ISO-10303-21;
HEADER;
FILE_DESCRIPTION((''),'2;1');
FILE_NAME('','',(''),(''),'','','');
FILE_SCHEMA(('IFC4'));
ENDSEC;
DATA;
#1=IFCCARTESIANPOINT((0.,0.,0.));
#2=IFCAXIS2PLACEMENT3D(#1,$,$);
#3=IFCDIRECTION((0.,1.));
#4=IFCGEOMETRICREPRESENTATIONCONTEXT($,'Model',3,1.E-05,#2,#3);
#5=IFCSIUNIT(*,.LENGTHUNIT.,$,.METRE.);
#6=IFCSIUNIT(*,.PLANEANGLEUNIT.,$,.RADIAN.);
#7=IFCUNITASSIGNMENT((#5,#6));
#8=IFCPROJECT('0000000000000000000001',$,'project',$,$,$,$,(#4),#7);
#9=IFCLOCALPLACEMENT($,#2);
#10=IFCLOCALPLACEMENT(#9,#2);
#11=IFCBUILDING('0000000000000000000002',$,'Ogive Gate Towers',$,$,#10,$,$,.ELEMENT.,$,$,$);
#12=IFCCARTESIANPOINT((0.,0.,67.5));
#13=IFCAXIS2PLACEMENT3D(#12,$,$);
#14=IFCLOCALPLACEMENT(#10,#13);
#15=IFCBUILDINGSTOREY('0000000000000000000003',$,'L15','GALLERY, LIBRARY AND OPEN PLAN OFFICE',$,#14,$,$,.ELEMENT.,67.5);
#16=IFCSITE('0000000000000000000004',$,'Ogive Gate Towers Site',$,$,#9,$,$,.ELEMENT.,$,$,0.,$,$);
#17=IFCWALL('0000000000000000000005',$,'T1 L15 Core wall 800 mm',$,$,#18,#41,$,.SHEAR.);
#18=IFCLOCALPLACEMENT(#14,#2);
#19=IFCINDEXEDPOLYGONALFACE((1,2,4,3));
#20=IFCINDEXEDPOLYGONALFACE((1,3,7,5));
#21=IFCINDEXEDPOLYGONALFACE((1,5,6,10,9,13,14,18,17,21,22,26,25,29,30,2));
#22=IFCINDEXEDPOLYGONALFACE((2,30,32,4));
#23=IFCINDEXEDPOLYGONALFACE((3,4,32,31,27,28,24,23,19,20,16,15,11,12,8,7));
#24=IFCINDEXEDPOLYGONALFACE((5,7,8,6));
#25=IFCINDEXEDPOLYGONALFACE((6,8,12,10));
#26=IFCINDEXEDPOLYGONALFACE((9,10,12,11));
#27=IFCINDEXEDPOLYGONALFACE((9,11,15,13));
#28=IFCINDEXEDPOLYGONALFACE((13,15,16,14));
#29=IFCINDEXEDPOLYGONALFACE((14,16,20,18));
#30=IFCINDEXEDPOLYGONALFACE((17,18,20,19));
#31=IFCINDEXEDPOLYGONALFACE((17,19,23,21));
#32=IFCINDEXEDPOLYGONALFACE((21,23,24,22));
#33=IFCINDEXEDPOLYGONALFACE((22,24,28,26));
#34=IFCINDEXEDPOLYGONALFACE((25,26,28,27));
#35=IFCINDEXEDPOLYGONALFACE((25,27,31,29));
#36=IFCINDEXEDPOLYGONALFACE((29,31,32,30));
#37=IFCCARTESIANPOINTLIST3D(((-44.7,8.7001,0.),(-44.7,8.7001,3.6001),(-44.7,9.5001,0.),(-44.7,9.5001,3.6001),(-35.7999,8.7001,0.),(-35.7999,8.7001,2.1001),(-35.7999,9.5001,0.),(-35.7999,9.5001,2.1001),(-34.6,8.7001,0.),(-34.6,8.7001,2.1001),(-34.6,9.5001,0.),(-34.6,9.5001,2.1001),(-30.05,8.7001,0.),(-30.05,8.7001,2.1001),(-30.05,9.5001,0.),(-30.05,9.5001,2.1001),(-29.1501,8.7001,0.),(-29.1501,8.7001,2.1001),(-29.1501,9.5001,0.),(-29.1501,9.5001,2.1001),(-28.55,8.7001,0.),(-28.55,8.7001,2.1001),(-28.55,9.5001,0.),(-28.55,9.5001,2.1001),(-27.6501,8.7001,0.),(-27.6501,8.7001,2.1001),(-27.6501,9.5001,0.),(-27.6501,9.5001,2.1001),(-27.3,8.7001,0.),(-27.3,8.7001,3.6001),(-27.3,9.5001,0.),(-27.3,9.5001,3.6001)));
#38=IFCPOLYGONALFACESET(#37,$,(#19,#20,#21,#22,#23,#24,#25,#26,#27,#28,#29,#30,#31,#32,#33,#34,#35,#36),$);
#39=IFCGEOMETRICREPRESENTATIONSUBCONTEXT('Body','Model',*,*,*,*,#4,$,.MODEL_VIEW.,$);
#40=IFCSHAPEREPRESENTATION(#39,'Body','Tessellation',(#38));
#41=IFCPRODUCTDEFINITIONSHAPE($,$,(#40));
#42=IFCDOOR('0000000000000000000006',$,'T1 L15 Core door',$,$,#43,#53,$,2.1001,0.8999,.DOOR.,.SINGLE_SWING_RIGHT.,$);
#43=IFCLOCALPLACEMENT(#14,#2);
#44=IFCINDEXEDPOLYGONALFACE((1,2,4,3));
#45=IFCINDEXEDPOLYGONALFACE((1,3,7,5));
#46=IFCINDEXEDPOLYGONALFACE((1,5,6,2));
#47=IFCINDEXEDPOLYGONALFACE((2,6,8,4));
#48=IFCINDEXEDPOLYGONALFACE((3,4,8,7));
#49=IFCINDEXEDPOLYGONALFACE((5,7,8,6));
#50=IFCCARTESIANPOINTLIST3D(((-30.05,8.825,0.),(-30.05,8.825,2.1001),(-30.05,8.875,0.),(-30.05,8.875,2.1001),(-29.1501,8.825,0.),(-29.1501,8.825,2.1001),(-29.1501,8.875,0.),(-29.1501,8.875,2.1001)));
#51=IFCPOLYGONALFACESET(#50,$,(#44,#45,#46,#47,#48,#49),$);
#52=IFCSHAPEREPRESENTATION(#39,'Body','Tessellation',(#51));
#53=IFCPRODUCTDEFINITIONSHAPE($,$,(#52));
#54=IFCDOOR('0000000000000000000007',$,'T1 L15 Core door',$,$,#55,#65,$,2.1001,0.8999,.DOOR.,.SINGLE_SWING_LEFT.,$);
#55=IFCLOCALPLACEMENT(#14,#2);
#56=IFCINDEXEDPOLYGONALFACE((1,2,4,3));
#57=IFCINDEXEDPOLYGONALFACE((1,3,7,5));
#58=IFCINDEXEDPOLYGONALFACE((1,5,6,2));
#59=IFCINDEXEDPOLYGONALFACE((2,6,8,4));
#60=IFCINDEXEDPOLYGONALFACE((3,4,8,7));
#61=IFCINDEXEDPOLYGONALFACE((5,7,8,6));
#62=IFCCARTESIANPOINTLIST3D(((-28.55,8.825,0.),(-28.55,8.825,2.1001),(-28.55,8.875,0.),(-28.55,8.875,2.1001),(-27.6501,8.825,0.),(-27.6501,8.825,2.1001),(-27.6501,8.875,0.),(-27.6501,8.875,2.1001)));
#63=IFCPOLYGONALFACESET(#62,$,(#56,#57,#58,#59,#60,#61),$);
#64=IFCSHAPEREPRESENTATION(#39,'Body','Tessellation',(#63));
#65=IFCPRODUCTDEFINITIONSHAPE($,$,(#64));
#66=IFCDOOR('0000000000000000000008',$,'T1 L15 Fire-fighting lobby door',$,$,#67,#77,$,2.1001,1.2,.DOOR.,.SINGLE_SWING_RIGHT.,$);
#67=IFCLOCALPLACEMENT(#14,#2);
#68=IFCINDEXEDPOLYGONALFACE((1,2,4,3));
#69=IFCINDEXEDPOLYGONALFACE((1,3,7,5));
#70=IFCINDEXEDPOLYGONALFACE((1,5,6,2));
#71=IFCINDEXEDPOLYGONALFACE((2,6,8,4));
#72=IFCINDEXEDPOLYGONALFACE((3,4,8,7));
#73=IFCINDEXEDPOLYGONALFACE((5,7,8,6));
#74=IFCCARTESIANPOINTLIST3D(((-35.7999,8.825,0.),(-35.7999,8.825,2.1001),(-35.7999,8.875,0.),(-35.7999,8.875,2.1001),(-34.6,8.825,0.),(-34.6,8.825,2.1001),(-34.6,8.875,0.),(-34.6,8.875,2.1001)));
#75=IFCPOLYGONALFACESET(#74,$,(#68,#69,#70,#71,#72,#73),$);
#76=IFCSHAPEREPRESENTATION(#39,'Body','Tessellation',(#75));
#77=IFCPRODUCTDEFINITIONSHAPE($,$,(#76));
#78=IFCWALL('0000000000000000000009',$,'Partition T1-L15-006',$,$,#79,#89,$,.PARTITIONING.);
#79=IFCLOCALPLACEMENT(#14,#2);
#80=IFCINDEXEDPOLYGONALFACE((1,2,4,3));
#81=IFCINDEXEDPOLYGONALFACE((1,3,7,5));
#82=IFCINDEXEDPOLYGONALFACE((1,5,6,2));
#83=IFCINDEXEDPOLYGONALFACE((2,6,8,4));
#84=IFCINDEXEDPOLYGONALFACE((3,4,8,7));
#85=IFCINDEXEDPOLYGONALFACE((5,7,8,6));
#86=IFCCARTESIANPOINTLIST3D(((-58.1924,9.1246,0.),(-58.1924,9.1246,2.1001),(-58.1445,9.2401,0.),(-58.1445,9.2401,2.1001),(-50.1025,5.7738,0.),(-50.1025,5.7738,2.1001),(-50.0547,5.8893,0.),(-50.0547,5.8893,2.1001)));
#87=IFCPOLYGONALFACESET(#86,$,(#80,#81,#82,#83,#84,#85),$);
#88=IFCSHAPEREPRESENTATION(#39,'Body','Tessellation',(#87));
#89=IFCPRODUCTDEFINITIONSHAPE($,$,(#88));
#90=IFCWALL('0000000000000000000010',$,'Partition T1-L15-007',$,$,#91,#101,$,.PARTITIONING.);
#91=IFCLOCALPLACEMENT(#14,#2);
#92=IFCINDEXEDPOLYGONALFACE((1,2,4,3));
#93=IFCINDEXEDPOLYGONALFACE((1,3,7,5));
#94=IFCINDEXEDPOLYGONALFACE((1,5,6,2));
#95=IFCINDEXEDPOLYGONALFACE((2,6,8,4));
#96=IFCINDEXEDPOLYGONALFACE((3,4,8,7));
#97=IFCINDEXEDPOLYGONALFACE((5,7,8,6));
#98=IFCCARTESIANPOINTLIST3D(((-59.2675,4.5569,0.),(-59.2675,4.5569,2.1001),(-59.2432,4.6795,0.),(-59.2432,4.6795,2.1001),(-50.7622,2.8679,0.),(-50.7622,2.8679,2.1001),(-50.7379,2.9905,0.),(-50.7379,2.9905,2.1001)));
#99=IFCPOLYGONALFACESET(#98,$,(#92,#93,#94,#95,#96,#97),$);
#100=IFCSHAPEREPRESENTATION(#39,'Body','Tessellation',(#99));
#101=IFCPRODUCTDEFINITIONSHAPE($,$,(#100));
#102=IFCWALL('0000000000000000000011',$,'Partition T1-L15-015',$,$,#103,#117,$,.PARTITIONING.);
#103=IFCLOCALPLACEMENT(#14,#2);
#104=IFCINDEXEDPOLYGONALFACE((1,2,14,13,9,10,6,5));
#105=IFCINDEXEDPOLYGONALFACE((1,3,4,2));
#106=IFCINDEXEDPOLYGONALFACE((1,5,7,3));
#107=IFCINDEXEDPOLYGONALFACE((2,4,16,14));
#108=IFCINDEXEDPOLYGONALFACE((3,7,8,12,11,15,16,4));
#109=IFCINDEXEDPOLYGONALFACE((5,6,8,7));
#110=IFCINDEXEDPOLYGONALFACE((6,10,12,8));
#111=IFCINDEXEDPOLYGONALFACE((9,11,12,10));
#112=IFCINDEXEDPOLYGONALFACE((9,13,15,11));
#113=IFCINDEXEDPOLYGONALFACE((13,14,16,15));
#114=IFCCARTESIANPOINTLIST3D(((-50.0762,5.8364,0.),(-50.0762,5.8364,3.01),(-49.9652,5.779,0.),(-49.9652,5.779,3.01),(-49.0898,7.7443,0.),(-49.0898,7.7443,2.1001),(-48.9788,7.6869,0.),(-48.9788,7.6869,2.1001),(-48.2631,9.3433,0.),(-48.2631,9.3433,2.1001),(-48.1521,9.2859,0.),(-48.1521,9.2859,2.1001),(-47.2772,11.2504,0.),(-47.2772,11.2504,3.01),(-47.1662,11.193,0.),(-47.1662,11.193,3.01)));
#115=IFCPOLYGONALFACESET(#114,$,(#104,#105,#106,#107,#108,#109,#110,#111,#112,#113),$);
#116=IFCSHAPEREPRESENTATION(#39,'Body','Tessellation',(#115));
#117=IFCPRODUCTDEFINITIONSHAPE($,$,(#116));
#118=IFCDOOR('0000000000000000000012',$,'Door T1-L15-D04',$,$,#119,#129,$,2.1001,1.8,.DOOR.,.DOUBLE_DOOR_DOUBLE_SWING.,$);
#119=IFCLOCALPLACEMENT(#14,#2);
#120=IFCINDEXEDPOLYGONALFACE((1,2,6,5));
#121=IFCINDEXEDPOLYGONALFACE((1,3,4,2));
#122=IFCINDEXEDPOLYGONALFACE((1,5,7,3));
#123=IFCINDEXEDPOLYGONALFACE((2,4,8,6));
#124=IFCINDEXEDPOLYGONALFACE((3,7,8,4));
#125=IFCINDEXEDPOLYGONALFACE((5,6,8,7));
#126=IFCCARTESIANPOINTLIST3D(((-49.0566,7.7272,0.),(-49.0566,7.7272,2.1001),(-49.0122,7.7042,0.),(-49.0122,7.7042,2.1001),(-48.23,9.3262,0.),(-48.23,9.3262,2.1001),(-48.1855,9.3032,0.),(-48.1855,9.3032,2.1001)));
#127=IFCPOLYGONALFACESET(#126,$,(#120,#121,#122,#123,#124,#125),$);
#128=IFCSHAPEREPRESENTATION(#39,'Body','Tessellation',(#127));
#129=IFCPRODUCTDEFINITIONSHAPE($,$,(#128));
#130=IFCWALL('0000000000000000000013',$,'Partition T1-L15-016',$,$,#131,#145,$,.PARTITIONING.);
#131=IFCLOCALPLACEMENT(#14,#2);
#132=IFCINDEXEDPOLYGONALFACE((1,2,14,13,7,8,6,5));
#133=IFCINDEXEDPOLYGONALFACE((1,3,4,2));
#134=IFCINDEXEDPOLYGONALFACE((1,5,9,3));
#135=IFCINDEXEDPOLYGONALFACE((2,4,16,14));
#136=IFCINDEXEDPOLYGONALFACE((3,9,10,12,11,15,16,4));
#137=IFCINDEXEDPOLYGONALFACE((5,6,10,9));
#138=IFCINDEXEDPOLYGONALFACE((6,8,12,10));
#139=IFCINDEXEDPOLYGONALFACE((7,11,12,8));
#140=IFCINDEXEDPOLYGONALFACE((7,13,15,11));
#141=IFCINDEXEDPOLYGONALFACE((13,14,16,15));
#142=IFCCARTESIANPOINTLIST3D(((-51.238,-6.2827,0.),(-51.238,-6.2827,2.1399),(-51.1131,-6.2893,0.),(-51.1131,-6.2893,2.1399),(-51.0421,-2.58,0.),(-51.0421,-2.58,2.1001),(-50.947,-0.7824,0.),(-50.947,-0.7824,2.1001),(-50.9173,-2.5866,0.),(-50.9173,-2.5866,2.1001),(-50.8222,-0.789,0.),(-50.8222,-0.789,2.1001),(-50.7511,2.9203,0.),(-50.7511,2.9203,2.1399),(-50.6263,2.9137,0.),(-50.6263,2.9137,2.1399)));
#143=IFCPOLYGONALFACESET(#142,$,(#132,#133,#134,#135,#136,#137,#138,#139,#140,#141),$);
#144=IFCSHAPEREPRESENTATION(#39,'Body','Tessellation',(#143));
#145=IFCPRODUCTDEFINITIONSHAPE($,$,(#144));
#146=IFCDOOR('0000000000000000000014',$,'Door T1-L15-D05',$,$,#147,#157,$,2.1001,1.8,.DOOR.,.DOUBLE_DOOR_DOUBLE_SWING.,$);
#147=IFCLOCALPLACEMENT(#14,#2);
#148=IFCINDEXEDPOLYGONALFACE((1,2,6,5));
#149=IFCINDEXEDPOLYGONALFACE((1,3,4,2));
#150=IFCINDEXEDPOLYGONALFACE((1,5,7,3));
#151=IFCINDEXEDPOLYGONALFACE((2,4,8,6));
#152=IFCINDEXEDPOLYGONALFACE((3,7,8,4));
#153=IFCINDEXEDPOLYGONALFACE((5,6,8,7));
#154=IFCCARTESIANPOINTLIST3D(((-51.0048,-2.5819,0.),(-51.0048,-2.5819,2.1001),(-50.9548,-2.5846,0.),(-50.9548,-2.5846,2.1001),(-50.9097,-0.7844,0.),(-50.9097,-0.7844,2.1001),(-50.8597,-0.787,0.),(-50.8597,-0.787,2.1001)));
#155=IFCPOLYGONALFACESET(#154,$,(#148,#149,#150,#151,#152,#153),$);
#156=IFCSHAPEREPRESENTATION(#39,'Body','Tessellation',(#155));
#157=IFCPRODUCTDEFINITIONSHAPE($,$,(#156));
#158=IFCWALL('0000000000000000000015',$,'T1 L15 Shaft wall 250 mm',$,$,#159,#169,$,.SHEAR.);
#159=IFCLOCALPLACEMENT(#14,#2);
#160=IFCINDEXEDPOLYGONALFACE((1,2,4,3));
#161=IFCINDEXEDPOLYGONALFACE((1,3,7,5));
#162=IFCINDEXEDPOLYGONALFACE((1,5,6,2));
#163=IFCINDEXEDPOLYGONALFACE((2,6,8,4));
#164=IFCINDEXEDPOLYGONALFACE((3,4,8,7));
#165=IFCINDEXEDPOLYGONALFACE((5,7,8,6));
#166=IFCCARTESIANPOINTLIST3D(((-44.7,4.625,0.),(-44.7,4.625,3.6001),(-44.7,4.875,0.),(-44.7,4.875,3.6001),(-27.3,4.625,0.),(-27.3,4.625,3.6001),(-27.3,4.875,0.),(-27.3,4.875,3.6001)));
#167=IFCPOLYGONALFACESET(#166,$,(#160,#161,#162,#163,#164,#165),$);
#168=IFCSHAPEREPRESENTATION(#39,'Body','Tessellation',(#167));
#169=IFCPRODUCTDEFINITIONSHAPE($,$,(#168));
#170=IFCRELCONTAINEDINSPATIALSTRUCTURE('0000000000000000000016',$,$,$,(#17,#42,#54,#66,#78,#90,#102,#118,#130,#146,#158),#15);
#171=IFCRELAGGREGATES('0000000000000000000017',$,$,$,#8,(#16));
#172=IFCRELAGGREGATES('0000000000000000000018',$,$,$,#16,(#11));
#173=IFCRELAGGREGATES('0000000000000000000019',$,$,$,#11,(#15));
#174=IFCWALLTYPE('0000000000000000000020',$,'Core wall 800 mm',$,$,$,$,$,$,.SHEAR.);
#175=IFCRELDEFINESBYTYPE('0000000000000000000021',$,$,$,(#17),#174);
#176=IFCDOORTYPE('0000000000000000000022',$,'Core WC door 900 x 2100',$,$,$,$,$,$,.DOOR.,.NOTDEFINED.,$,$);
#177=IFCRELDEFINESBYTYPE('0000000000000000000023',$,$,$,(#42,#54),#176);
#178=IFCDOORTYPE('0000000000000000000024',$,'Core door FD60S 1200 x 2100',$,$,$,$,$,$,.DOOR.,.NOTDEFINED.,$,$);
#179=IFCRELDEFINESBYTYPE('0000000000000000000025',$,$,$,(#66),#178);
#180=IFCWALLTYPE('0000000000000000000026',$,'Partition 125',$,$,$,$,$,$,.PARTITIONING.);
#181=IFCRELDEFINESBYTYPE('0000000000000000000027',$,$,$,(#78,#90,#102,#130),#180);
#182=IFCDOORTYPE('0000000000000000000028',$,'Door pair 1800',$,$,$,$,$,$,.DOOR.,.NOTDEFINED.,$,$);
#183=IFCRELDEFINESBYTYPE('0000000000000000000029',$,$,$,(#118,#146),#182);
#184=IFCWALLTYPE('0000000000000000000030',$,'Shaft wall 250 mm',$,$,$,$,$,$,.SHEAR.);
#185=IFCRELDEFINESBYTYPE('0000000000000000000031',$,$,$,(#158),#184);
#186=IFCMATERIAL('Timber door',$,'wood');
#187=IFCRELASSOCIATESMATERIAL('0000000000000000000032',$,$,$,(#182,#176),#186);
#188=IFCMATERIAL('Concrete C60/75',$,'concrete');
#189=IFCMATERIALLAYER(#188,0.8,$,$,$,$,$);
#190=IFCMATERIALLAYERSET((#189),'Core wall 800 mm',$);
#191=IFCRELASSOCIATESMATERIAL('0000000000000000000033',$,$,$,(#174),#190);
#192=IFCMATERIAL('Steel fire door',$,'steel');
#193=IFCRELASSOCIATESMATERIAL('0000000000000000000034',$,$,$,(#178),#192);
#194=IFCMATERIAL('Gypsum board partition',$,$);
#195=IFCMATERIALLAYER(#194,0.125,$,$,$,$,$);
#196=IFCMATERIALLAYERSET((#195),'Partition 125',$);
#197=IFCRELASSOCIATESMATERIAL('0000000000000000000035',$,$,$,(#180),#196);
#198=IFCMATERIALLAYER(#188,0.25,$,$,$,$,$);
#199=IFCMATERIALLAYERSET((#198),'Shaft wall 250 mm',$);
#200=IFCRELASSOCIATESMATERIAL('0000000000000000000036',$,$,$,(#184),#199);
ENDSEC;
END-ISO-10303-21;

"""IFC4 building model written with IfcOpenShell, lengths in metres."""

from ifc_helpers import new_model, si_unit, direction, frame, frame_2d, origin, place, context, subcontext, project, spatial, rectangle, extrude, material, layer, layer_set, type_object, element, fill, save


model = new_model("IFC4")

# Units and contexts
model_context = context("Model", 3, precision=1e-05, world=origin(), true_north=direction((0.0, 1.0)))
body_context = subcontext(model_context, "Body", "Model", "MODEL_VIEW")
ifc_project = project(units=[si_unit("LENGTHUNIT", "METRE"), si_unit("PLANEANGLEUNIT", "RADIAN")], contexts=[model_context])

# Site, building, storey
site_placement = place(None, origin())
site = spatial("IfcSite", under=ifc_project, at=site_placement, Name="Ogive Gate Towers Site", CompositionType="ELEMENT", RefElevation=0.0)
building_placement = place(site_placement, origin())
building = spatial("IfcBuilding", under=site, at=building_placement, Name="Ogive Gate Towers", CompositionType="ELEMENT")
storey_placement = place(building_placement, frame((0.0, 0.0, 67.5)))
storey = spatial("IfcBuildingStorey", under=building, at=storey_placement, Name="L15", Description="GALLERY, LIBRARY AND OPEN PLAN OFFICE", CompositionType="ELEMENT", Elevation=67.5)

# Shared definitions
ifc_material_1 = material(Name="Timber door", Category="wood")
door_type_1 = type_object("IfcDoorType", Name="Door pair 1800", OperationType="NOTDEFINED", PredefinedType="DOOR", material=ifc_material_1)

# Wall, openings, doors
ifc_material_2 = material(Name="Concrete C60/75", Category="concrete")
ifc_layer_1 = layer(ifc_material_2, 0.8)
ifc_layer_set_1 = layer_set([ifc_layer_1], Name="Core wall 800 mm")
wall_type_1 = type_object("IfcWallType", Name="Core wall 800 mm", PredefinedType="SHEAR", material=ifc_layer_set_1)
wall_1_placement = place(storey_placement, frame((-44.7, 9.1001, 0.0), z_axis=(0.0, 0.0, 1.0), x_axis=(1.0, 0.0, 0.0)))
wall_1 = element("IfcWall", 1, at=wall_1_placement, inside=storey, type_object=wall_type_1, Name="T1 L15 Core wall 800 mm", PredefinedType="SHEAR", context=body_context, shape_type="SweptSolid", body=[
    extrude(rectangle(XDim=17.3999, YDim=0.8, at=frame_2d((8.7, 0.0))), origin(), (0.0, 0.0, 1.0), 3.6001),
])
opening_1_placement = place(wall_1_placement, frame((8.8999, 0.0, 0.0)))
opening_1 = element("IfcOpeningElement", 2, at=opening_1_placement, cuts=wall_1, PredefinedType="OPENING", context=body_context, shape_type="SweptSolid", body=[
    extrude(rectangle(XDim=1.2, YDim=2.1001, at=frame_2d((0.6001, 1.05))), frame((0.0, 0.4102, 0.0), z_axis=(0.0, -1.0, 0.0), x_axis=(1.0, 0.0, 0.0)), (0.0, 0.0, 1.0), 0.8201),
])
opening_2_placement = place(wall_1_placement, frame((14.6499, 0.0, 0.0)))
opening_2 = element("IfcOpeningElement", 3, at=opening_2_placement, cuts=wall_1, PredefinedType="OPENING", context=body_context, shape_type="SweptSolid", body=[
    extrude(rectangle(XDim=0.8999, YDim=2.1001, at=frame_2d((0.45, 1.05))), frame((0.0, 0.4102, 0.0), z_axis=(0.0, -1.0, 0.0), x_axis=(1.0, 0.0, 0.0)), (0.0, 0.0, 1.0), 0.8201),
])
opening_3_placement = place(wall_1_placement, frame((16.1499, 0.0, 0.0)))
opening_3 = element("IfcOpeningElement", 4, at=opening_3_placement, cuts=wall_1, PredefinedType="OPENING", context=body_context, shape_type="SweptSolid", body=[
    extrude(rectangle(XDim=0.8999, YDim=2.1001, at=frame_2d((0.45, 1.05))), frame((0.0, 0.4102, 0.0), z_axis=(0.0, -1.0, 0.0), x_axis=(1.0, 0.0, 0.0)), (0.0, 0.0, 1.0), 0.8201),
])
door_type_2 = type_object("IfcDoorType", Name="Core WC door 900 x 2100", OperationType="NOTDEFINED", PredefinedType="DOOR", material=ifc_material_1)
door_1_placement = place(opening_2_placement, origin())
door_1 = element("IfcDoor", 5, at=door_1_placement, inside=storey, type_object=door_type_2, Name="T1 L15 Core door", OperationType="SINGLE_SWING_RIGHT", OverallHeight=2.1001, OverallWidth=0.8999, PredefinedType="DOOR", context=body_context, shape_type="SweptSolid", body=[
    extrude(rectangle(XDim=0.8999, YDim=2.1001, at=frame_2d((0.45, 1.05))), frame((0.0, -0.2251, 0.0), z_axis=(0.0, -1.0, 0.0), x_axis=(1.0, 0.0, 0.0)), (0.0, 0.0, 1.0), 0.05),
])
fill(opening_2, door_1)
door_2_placement = place(opening_3_placement, origin())
door_2 = element("IfcDoor", 6, at=door_2_placement, inside=storey, type_object=door_type_2, Name="T1 L15 Core door", OperationType="SINGLE_SWING_LEFT", OverallHeight=2.1001, OverallWidth=0.8999, PredefinedType="DOOR", context=body_context, shape_type="SweptSolid", body=[
    extrude(rectangle(XDim=0.8999, YDim=2.1001, at=frame_2d((0.45, 1.05))), frame((0.0, -0.2251, 0.0), z_axis=(0.0, -1.0, 0.0), x_axis=(1.0, 0.0, 0.0)), (0.0, 0.0, 1.0), 0.05),
])
fill(opening_3, door_2)
ifc_material_3 = material(Name="Steel fire door", Category="steel")
door_type_3 = type_object("IfcDoorType", Name="Core door FD60S 1200 x 2100", OperationType="NOTDEFINED", PredefinedType="DOOR", material=ifc_material_3)
door_3_placement = place(opening_1_placement, origin())
door_3 = element("IfcDoor", 7, at=door_3_placement, inside=storey, type_object=door_type_3, Name="T1 L15 Fire-fighting lobby door", OperationType="SINGLE_SWING_RIGHT", OverallHeight=2.1001, OverallWidth=1.2, PredefinedType="DOOR", context=body_context, shape_type="SweptSolid", body=[
    extrude(rectangle(XDim=1.2, YDim=2.1001, at=frame_2d((0.6001, 1.05))), frame((0.0, -0.2251, 0.0), z_axis=(0.0, -1.0, 0.0), x_axis=(1.0, 0.0, 0.0)), (0.0, 0.0, 1.0), 0.05),
])
fill(opening_1, door_3)

# Walls
ifc_material_4 = material(Name="Gypsum board partition")
ifc_layer_2 = layer(ifc_material_4, 0.125)
ifc_layer_set_2 = layer_set([ifc_layer_2], Name="Partition 125")
wall_type_2 = type_object("IfcWallType", Name="Partition 125", PredefinedType="PARTITIONING", material=ifc_layer_set_2)
wall_2_placement = place(storey_placement, frame((-58.1685, 9.1824, 0.0), z_axis=(0.0, 0.0, 1.0), x_axis=(0.923883, -0.382674, 0.0)))
element("IfcWall", 8, at=wall_2_placement, inside=storey, type_object=wall_type_2, Name="Partition T1-L15-006", PredefinedType="PARTITIONING", context=body_context, shape_type="SweptSolid", body=[
    extrude(rectangle(XDim=8.7563, YDim=0.125, at=frame_2d((4.3782, 0.0))), origin(), (0.0, 0.0, 1.0), 2.1001),
])
wall_3_placement = place(storey_placement, frame((-59.2554, 4.6182, 0.0), z_axis=(0.0, 0.0, 1.0), x_axis=(0.980848, -0.194773, 0.0)))
element("IfcWall", 9, at=wall_3_placement, inside=storey, type_object=wall_type_2, Name="Partition T1-L15-007", PredefinedType="PARTITIONING", context=body_context, shape_type="SweptSolid", body=[
    extrude(rectangle(XDim=8.6714, YDim=0.125, at=frame_2d((4.3357, 0.0))), origin(), (0.0, 0.0, 1.0), 2.1001),
])

# Walls, openings, doors
wall_4_placement = place(storey_placement, frame((-47.2217, 11.2217, 0.0), z_axis=(0.0, 0.0, 1.0), x_axis=(-0.459254, -0.888305, 0.0)))
wall_4 = element("IfcWall", 10, at=wall_4_placement, inside=storey, type_object=wall_type_2, Name="Partition T1-L15-015", PredefinedType="PARTITIONING", context=body_context, shape_type="SweptSolid", body=[
    extrude(rectangle(XDim=6.0947, YDim=0.125, at=frame_2d((3.0474, 0.0))), origin(), (0.0, 0.0, 1.0), 3.01),
])
opening_4_placement = place(wall_4_placement, frame((2.147, 0.0, 0.0)))
opening_4 = element("IfcOpeningElement", 11, at=opening_4_placement, cuts=wall_4, PredefinedType="OPENING", context=body_context, shape_type="SweptSolid", body=[
    extrude(rectangle(XDim=1.8, YDim=2.1001, at=frame_2d((0.8999, 1.05))), frame((0.0, 0.0725, 0.0), z_axis=(0.0, -1.0, 0.0), x_axis=(1.0, 0.0, 0.0)), (0.0, 0.0, 1.0), 0.145),
])
door_4_placement = place(opening_4_placement, origin())
door_4 = element("IfcDoor", 12, at=door_4_placement, inside=storey, type_object=door_type_1, Name="Door T1-L15-D04", OperationType="DOUBLE_DOOR_DOUBLE_SWING", OverallHeight=2.1001, OverallWidth=1.8, PredefinedType="DOOR", context=body_context, shape_type="SweptSolid", body=[
    extrude(rectangle(XDim=1.8, YDim=2.1001, at=frame_2d((0.8999, 1.05))), frame((0.0, 0.0249, 0.0), z_axis=(0.0, -1.0, 0.0), x_axis=(1.0, 0.0, 0.0)), (0.0, 0.0, 1.0), 0.05),
])
fill(opening_4, door_4)
wall_5_placement = place(storey_placement, frame((-50.6887, 2.917, 0.0), z_axis=(0.0, 0.0, 1.0), x_axis=(-0.052824, -0.998604, 0.0)))
wall_5 = element("IfcWall", 13, at=wall_5_placement, inside=storey, type_object=wall_type_2, Name="Partition T1-L15-016", PredefinedType="PARTITIONING", context=body_context, shape_type="SweptSolid", body=[
    extrude(rectangle(XDim=9.2158, YDim=0.125, at=frame_2d((4.6079, 0.0))), origin(), (0.0, 0.0, 1.0), 2.1399),
])
opening_5_placement = place(wall_5_placement, frame((3.708, 0.0, 0.0)))
opening_5 = element("IfcOpeningElement", 14, at=opening_5_placement, cuts=wall_5, PredefinedType="OPENING", context=body_context, shape_type="SweptSolid", body=[
    extrude(rectangle(XDim=1.8, YDim=2.1001, at=frame_2d((0.8999, 1.05))), frame((0.0, 0.0725, 0.0), z_axis=(0.0, -1.0, 0.0), x_axis=(1.0, 0.0, 0.0)), (0.0, 0.0, 1.0), 0.145),
])
door_5_placement = place(opening_5_placement, origin())
door_5 = element("IfcDoor", 15, at=door_5_placement, inside=storey, type_object=door_type_1, Name="Door T1-L15-D05", OperationType="DOUBLE_DOOR_DOUBLE_SWING", OverallHeight=2.1001, OverallWidth=1.8, PredefinedType="DOOR", context=body_context, shape_type="SweptSolid", body=[
    extrude(rectangle(XDim=1.8, YDim=2.1001, at=frame_2d((0.8999, 1.05))), frame((0.0, 0.0249, 0.0), z_axis=(0.0, -1.0, 0.0), x_axis=(1.0, 0.0, 0.0)), (0.0, 0.0, 1.0), 0.05),
])
fill(opening_5, door_5)

# Wall
ifc_layer_3 = layer(ifc_material_2, 0.25)
ifc_layer_set_3 = layer_set([ifc_layer_3], Name="Shaft wall 250 mm")
wall_type_3 = type_object("IfcWallType", Name="Shaft wall 250 mm", PredefinedType="SHEAR", material=ifc_layer_set_3)
wall_6_placement = place(storey_placement, frame((-44.7, 4.75, 0.0), z_axis=(0.0, 0.0, 1.0), x_axis=(1.0, 0.0, 0.0)))
element("IfcWall", 16, at=wall_6_placement, inside=storey, type_object=wall_type_3, Name="T1 L15 Shaft wall 250 mm", PredefinedType="SHEAR", context=body_context, shape_type="SweptSolid", body=[
    extrude(rectangle(XDim=17.3999, YDim=0.25, at=frame_2d((8.7, 0.0))), origin(), (0.0, 0.0, 1.0), 3.6001),
])

save(model, "model.ifc")
